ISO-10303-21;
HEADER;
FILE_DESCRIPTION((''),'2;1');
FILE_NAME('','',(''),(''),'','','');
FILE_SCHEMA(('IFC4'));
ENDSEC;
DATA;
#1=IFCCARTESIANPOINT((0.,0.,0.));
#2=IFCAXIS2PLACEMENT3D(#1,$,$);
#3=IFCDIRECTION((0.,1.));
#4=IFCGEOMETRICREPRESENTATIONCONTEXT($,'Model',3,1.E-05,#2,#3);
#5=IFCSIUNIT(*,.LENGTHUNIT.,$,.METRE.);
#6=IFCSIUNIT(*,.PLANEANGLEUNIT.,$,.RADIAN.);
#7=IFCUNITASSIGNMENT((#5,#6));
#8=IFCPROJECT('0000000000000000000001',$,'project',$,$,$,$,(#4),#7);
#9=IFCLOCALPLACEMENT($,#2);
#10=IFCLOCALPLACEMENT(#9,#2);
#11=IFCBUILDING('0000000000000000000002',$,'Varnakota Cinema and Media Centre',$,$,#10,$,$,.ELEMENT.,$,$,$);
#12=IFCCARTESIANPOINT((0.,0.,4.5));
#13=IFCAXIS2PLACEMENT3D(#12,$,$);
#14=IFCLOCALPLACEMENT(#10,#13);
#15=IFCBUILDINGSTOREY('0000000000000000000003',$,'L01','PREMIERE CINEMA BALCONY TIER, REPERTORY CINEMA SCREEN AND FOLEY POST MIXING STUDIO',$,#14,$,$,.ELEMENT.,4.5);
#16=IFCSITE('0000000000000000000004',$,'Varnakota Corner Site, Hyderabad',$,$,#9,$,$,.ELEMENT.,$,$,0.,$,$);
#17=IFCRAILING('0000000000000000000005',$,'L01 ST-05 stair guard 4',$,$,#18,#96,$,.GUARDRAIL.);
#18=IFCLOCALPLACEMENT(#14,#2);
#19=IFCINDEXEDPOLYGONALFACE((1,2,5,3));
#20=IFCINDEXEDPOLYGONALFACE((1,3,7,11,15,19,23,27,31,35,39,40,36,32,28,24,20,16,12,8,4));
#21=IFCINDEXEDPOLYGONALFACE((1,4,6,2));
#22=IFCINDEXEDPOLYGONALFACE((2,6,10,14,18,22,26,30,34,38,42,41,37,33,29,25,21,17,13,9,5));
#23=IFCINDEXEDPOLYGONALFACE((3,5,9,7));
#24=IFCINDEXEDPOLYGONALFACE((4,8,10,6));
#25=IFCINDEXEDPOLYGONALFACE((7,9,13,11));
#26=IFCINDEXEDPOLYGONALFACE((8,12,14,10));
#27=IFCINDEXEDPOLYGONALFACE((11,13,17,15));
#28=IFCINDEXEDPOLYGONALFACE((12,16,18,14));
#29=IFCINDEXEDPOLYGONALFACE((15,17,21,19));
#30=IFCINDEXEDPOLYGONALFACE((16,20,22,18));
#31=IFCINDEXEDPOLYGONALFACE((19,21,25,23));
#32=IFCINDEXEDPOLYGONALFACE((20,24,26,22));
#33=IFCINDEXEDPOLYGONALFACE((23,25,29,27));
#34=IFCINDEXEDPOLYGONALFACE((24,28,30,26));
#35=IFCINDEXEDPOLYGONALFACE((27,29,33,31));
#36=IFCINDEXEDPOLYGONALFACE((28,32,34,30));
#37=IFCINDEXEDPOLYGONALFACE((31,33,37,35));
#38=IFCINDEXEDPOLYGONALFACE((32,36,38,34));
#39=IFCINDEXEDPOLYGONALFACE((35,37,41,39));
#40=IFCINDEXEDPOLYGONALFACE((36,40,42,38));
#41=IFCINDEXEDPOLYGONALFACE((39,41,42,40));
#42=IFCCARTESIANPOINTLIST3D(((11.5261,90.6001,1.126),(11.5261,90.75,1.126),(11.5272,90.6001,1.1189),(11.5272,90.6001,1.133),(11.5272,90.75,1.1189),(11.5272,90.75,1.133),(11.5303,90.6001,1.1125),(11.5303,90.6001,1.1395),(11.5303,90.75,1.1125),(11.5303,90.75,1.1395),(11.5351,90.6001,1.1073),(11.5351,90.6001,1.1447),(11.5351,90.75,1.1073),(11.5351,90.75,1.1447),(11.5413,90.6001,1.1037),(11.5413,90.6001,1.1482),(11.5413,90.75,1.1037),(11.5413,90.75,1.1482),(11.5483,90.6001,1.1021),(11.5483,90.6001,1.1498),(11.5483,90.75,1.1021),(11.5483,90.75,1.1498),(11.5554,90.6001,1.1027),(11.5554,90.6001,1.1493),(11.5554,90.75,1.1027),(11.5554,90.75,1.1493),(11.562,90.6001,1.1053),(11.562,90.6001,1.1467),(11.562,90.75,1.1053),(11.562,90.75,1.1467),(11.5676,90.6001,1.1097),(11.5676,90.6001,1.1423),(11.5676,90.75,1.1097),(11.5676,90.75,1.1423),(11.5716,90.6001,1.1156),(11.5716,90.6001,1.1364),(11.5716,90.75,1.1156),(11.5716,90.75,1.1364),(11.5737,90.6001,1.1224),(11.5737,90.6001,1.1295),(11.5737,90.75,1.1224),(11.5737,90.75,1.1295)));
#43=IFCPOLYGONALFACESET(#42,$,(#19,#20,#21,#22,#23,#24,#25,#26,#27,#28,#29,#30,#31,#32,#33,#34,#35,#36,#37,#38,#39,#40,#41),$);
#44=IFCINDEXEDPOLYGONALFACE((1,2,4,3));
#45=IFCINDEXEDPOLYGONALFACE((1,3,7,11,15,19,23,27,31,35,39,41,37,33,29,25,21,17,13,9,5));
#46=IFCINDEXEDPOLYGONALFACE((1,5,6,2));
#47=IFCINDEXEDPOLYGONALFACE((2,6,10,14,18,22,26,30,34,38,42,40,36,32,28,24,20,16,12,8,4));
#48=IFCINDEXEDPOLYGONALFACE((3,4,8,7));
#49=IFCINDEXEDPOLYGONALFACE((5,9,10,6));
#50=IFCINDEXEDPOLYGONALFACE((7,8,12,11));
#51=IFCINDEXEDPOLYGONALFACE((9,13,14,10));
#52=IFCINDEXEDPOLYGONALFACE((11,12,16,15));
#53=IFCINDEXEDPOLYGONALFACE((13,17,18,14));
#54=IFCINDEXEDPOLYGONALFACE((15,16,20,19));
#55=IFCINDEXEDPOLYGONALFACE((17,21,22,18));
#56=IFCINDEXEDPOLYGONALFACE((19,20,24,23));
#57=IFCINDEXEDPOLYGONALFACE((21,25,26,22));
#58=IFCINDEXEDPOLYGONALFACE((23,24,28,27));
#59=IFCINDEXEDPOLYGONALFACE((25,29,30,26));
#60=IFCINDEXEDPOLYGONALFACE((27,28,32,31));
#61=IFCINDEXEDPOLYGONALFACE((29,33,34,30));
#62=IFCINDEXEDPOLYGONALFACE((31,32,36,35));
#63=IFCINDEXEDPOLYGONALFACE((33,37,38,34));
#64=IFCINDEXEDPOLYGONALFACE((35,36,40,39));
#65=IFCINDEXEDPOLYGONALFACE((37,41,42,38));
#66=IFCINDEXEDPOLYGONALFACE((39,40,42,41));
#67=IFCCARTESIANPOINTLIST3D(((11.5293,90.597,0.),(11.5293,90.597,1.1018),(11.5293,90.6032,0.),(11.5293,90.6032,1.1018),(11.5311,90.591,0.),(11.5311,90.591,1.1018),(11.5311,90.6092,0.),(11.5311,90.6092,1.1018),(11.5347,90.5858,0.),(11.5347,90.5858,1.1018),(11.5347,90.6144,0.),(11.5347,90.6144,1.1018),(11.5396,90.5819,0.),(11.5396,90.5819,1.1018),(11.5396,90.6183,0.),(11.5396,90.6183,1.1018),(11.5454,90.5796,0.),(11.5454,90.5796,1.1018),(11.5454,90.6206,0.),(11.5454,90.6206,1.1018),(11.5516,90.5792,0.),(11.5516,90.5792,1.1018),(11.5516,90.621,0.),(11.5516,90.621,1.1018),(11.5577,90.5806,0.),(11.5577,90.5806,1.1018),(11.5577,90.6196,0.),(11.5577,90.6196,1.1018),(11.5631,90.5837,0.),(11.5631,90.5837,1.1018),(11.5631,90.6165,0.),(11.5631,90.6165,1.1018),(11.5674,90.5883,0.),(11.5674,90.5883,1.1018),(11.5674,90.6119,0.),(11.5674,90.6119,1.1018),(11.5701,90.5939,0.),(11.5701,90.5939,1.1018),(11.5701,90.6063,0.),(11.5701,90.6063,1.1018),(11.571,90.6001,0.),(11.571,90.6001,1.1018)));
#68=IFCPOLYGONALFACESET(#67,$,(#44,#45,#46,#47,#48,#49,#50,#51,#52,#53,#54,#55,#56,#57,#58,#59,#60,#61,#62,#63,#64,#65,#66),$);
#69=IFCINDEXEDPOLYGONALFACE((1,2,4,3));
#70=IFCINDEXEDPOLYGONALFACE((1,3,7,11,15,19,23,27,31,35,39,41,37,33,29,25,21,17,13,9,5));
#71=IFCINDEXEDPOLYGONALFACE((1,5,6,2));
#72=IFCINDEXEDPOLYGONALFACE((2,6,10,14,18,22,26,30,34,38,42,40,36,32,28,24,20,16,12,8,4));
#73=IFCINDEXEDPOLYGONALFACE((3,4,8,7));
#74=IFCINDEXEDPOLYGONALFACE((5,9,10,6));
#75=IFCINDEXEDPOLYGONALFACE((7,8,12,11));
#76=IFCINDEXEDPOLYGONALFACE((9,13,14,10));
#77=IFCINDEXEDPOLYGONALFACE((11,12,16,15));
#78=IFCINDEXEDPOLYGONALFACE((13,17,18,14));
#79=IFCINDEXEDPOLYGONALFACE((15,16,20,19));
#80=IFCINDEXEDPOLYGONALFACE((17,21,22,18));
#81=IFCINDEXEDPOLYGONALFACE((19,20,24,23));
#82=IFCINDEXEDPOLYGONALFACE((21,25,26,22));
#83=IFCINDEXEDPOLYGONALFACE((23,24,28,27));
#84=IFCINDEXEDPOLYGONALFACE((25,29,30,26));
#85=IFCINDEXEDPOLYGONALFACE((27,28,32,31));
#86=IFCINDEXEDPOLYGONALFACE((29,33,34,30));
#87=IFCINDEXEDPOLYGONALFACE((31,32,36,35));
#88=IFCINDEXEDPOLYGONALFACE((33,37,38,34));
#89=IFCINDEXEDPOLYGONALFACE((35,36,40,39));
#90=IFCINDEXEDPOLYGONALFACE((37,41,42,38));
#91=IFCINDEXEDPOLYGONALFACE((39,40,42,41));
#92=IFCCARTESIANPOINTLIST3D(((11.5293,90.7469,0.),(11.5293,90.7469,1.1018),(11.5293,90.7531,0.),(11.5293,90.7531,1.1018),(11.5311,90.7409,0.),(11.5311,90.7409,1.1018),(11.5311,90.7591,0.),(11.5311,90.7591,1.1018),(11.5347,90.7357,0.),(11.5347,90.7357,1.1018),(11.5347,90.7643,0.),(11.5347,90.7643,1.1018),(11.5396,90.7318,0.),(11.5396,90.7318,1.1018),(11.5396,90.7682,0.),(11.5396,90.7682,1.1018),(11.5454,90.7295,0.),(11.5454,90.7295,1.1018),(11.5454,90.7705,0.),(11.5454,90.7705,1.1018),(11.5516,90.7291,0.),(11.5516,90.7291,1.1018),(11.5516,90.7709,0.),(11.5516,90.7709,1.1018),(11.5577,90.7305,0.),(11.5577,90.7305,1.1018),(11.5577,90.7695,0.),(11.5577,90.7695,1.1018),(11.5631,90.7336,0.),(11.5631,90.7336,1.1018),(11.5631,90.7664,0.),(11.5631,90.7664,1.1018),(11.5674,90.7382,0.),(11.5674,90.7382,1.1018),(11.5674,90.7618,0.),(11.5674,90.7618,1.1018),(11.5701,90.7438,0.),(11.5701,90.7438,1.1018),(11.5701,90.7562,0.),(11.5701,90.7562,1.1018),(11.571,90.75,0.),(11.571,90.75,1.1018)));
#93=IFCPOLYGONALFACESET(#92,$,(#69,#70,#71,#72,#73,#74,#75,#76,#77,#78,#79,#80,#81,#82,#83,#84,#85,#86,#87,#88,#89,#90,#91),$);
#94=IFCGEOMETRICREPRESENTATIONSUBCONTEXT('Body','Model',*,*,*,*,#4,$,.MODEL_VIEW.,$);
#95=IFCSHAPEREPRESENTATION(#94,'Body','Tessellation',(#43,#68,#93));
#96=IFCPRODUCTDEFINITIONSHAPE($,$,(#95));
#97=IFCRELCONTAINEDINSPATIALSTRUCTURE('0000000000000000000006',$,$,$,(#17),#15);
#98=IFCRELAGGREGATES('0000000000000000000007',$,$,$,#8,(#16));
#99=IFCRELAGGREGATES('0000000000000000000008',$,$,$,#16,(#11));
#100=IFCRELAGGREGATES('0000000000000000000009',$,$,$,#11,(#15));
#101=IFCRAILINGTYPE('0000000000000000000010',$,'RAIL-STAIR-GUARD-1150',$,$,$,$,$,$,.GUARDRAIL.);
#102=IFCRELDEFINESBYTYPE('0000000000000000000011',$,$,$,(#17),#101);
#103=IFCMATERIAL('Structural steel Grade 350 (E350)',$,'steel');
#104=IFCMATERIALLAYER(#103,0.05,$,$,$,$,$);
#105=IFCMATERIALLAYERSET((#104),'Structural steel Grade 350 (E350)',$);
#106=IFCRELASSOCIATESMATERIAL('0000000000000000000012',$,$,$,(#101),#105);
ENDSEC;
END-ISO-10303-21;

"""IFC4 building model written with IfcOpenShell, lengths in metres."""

from ifc_helpers import new_model, si_unit, direction, frame, origin, origin_2d, place, context, subcontext, project, spatial, circle, extrude, material, layer, layer_set, type_object, element, save


model = new_model("IFC4")

# Units and contexts
model_context = context("Model", 3, precision=1e-05, world=origin(), true_north=direction((0.0, 1.0)))
body_context = subcontext(model_context, "Body", "Model", "MODEL_VIEW")
ifc_project = project(units=[si_unit("LENGTHUNIT", "METRE"), si_unit("PLANEANGLEUNIT", "RADIAN")], contexts=[model_context])

# Site, building, storey
site_placement = place(None, origin())
site = spatial("IfcSite", under=ifc_project, at=site_placement, Name="Varnakota Corner Site, Hyderabad", CompositionType="ELEMENT", RefElevation=0.0)
building_placement = place(site_placement, origin())
building = spatial("IfcBuilding", under=site, at=building_placement, Name="Varnakota Cinema and Media Centre", CompositionType="ELEMENT")
storey_placement = place(building_placement, frame((0.0, 0.0, 4.5)))
storey = spatial("IfcBuildingStorey", under=building, at=storey_placement, Name="L01", Description="PREMIERE CINEMA BALCONY TIER, REPERTORY CINEMA SCREEN AND FOLEY POST MIXING STUDIO", CompositionType="ELEMENT", Elevation=4.5)

# Railing
ifc_material_1 = material(Name="Structural steel Grade 350 (E350)", Category="steel")
ifc_layer_1 = layer(ifc_material_1, 0.05)
ifc_layer_set_1 = layer_set([ifc_layer_1], Name="Structural steel Grade 350 (E350)")
railing_type_1 = type_object("IfcRailingType", Name="RAIL-STAIR-GUARD-1150", PredefinedType="GUARDRAIL", material=ifc_layer_set_1)
railing_1_placement = place(storey_placement, frame((11.55, 90.6001, 0.0)))
element("IfcRailing", 1, at=railing_1_placement, inside=storey, type_object=railing_type_1, Name="L01 ST-05 stair guard 4", PredefinedType="GUARDRAIL", context=body_context, shape_type="SweptSolid", body=[
    extrude(circle(Radius=0.0239, at=origin_2d()), frame((0.0, 0.0, 1.126), z_axis=(0.0, 1.0, 0.0), x_axis=(-1.0, 0.0, 0.0)), (0.0, 0.0, 1.0), 0.1499),
    extrude(circle(Radius=0.021, at=origin_2d()), origin(), (0.0, 0.0, 1.0), 1.1018),
    extrude(circle(Radius=0.021, at=origin_2d()), frame((0.0, 0.1499, 0.0)), (0.0, 0.0, 1.0), 1.1018),
])

save(model, "model.ifc")
